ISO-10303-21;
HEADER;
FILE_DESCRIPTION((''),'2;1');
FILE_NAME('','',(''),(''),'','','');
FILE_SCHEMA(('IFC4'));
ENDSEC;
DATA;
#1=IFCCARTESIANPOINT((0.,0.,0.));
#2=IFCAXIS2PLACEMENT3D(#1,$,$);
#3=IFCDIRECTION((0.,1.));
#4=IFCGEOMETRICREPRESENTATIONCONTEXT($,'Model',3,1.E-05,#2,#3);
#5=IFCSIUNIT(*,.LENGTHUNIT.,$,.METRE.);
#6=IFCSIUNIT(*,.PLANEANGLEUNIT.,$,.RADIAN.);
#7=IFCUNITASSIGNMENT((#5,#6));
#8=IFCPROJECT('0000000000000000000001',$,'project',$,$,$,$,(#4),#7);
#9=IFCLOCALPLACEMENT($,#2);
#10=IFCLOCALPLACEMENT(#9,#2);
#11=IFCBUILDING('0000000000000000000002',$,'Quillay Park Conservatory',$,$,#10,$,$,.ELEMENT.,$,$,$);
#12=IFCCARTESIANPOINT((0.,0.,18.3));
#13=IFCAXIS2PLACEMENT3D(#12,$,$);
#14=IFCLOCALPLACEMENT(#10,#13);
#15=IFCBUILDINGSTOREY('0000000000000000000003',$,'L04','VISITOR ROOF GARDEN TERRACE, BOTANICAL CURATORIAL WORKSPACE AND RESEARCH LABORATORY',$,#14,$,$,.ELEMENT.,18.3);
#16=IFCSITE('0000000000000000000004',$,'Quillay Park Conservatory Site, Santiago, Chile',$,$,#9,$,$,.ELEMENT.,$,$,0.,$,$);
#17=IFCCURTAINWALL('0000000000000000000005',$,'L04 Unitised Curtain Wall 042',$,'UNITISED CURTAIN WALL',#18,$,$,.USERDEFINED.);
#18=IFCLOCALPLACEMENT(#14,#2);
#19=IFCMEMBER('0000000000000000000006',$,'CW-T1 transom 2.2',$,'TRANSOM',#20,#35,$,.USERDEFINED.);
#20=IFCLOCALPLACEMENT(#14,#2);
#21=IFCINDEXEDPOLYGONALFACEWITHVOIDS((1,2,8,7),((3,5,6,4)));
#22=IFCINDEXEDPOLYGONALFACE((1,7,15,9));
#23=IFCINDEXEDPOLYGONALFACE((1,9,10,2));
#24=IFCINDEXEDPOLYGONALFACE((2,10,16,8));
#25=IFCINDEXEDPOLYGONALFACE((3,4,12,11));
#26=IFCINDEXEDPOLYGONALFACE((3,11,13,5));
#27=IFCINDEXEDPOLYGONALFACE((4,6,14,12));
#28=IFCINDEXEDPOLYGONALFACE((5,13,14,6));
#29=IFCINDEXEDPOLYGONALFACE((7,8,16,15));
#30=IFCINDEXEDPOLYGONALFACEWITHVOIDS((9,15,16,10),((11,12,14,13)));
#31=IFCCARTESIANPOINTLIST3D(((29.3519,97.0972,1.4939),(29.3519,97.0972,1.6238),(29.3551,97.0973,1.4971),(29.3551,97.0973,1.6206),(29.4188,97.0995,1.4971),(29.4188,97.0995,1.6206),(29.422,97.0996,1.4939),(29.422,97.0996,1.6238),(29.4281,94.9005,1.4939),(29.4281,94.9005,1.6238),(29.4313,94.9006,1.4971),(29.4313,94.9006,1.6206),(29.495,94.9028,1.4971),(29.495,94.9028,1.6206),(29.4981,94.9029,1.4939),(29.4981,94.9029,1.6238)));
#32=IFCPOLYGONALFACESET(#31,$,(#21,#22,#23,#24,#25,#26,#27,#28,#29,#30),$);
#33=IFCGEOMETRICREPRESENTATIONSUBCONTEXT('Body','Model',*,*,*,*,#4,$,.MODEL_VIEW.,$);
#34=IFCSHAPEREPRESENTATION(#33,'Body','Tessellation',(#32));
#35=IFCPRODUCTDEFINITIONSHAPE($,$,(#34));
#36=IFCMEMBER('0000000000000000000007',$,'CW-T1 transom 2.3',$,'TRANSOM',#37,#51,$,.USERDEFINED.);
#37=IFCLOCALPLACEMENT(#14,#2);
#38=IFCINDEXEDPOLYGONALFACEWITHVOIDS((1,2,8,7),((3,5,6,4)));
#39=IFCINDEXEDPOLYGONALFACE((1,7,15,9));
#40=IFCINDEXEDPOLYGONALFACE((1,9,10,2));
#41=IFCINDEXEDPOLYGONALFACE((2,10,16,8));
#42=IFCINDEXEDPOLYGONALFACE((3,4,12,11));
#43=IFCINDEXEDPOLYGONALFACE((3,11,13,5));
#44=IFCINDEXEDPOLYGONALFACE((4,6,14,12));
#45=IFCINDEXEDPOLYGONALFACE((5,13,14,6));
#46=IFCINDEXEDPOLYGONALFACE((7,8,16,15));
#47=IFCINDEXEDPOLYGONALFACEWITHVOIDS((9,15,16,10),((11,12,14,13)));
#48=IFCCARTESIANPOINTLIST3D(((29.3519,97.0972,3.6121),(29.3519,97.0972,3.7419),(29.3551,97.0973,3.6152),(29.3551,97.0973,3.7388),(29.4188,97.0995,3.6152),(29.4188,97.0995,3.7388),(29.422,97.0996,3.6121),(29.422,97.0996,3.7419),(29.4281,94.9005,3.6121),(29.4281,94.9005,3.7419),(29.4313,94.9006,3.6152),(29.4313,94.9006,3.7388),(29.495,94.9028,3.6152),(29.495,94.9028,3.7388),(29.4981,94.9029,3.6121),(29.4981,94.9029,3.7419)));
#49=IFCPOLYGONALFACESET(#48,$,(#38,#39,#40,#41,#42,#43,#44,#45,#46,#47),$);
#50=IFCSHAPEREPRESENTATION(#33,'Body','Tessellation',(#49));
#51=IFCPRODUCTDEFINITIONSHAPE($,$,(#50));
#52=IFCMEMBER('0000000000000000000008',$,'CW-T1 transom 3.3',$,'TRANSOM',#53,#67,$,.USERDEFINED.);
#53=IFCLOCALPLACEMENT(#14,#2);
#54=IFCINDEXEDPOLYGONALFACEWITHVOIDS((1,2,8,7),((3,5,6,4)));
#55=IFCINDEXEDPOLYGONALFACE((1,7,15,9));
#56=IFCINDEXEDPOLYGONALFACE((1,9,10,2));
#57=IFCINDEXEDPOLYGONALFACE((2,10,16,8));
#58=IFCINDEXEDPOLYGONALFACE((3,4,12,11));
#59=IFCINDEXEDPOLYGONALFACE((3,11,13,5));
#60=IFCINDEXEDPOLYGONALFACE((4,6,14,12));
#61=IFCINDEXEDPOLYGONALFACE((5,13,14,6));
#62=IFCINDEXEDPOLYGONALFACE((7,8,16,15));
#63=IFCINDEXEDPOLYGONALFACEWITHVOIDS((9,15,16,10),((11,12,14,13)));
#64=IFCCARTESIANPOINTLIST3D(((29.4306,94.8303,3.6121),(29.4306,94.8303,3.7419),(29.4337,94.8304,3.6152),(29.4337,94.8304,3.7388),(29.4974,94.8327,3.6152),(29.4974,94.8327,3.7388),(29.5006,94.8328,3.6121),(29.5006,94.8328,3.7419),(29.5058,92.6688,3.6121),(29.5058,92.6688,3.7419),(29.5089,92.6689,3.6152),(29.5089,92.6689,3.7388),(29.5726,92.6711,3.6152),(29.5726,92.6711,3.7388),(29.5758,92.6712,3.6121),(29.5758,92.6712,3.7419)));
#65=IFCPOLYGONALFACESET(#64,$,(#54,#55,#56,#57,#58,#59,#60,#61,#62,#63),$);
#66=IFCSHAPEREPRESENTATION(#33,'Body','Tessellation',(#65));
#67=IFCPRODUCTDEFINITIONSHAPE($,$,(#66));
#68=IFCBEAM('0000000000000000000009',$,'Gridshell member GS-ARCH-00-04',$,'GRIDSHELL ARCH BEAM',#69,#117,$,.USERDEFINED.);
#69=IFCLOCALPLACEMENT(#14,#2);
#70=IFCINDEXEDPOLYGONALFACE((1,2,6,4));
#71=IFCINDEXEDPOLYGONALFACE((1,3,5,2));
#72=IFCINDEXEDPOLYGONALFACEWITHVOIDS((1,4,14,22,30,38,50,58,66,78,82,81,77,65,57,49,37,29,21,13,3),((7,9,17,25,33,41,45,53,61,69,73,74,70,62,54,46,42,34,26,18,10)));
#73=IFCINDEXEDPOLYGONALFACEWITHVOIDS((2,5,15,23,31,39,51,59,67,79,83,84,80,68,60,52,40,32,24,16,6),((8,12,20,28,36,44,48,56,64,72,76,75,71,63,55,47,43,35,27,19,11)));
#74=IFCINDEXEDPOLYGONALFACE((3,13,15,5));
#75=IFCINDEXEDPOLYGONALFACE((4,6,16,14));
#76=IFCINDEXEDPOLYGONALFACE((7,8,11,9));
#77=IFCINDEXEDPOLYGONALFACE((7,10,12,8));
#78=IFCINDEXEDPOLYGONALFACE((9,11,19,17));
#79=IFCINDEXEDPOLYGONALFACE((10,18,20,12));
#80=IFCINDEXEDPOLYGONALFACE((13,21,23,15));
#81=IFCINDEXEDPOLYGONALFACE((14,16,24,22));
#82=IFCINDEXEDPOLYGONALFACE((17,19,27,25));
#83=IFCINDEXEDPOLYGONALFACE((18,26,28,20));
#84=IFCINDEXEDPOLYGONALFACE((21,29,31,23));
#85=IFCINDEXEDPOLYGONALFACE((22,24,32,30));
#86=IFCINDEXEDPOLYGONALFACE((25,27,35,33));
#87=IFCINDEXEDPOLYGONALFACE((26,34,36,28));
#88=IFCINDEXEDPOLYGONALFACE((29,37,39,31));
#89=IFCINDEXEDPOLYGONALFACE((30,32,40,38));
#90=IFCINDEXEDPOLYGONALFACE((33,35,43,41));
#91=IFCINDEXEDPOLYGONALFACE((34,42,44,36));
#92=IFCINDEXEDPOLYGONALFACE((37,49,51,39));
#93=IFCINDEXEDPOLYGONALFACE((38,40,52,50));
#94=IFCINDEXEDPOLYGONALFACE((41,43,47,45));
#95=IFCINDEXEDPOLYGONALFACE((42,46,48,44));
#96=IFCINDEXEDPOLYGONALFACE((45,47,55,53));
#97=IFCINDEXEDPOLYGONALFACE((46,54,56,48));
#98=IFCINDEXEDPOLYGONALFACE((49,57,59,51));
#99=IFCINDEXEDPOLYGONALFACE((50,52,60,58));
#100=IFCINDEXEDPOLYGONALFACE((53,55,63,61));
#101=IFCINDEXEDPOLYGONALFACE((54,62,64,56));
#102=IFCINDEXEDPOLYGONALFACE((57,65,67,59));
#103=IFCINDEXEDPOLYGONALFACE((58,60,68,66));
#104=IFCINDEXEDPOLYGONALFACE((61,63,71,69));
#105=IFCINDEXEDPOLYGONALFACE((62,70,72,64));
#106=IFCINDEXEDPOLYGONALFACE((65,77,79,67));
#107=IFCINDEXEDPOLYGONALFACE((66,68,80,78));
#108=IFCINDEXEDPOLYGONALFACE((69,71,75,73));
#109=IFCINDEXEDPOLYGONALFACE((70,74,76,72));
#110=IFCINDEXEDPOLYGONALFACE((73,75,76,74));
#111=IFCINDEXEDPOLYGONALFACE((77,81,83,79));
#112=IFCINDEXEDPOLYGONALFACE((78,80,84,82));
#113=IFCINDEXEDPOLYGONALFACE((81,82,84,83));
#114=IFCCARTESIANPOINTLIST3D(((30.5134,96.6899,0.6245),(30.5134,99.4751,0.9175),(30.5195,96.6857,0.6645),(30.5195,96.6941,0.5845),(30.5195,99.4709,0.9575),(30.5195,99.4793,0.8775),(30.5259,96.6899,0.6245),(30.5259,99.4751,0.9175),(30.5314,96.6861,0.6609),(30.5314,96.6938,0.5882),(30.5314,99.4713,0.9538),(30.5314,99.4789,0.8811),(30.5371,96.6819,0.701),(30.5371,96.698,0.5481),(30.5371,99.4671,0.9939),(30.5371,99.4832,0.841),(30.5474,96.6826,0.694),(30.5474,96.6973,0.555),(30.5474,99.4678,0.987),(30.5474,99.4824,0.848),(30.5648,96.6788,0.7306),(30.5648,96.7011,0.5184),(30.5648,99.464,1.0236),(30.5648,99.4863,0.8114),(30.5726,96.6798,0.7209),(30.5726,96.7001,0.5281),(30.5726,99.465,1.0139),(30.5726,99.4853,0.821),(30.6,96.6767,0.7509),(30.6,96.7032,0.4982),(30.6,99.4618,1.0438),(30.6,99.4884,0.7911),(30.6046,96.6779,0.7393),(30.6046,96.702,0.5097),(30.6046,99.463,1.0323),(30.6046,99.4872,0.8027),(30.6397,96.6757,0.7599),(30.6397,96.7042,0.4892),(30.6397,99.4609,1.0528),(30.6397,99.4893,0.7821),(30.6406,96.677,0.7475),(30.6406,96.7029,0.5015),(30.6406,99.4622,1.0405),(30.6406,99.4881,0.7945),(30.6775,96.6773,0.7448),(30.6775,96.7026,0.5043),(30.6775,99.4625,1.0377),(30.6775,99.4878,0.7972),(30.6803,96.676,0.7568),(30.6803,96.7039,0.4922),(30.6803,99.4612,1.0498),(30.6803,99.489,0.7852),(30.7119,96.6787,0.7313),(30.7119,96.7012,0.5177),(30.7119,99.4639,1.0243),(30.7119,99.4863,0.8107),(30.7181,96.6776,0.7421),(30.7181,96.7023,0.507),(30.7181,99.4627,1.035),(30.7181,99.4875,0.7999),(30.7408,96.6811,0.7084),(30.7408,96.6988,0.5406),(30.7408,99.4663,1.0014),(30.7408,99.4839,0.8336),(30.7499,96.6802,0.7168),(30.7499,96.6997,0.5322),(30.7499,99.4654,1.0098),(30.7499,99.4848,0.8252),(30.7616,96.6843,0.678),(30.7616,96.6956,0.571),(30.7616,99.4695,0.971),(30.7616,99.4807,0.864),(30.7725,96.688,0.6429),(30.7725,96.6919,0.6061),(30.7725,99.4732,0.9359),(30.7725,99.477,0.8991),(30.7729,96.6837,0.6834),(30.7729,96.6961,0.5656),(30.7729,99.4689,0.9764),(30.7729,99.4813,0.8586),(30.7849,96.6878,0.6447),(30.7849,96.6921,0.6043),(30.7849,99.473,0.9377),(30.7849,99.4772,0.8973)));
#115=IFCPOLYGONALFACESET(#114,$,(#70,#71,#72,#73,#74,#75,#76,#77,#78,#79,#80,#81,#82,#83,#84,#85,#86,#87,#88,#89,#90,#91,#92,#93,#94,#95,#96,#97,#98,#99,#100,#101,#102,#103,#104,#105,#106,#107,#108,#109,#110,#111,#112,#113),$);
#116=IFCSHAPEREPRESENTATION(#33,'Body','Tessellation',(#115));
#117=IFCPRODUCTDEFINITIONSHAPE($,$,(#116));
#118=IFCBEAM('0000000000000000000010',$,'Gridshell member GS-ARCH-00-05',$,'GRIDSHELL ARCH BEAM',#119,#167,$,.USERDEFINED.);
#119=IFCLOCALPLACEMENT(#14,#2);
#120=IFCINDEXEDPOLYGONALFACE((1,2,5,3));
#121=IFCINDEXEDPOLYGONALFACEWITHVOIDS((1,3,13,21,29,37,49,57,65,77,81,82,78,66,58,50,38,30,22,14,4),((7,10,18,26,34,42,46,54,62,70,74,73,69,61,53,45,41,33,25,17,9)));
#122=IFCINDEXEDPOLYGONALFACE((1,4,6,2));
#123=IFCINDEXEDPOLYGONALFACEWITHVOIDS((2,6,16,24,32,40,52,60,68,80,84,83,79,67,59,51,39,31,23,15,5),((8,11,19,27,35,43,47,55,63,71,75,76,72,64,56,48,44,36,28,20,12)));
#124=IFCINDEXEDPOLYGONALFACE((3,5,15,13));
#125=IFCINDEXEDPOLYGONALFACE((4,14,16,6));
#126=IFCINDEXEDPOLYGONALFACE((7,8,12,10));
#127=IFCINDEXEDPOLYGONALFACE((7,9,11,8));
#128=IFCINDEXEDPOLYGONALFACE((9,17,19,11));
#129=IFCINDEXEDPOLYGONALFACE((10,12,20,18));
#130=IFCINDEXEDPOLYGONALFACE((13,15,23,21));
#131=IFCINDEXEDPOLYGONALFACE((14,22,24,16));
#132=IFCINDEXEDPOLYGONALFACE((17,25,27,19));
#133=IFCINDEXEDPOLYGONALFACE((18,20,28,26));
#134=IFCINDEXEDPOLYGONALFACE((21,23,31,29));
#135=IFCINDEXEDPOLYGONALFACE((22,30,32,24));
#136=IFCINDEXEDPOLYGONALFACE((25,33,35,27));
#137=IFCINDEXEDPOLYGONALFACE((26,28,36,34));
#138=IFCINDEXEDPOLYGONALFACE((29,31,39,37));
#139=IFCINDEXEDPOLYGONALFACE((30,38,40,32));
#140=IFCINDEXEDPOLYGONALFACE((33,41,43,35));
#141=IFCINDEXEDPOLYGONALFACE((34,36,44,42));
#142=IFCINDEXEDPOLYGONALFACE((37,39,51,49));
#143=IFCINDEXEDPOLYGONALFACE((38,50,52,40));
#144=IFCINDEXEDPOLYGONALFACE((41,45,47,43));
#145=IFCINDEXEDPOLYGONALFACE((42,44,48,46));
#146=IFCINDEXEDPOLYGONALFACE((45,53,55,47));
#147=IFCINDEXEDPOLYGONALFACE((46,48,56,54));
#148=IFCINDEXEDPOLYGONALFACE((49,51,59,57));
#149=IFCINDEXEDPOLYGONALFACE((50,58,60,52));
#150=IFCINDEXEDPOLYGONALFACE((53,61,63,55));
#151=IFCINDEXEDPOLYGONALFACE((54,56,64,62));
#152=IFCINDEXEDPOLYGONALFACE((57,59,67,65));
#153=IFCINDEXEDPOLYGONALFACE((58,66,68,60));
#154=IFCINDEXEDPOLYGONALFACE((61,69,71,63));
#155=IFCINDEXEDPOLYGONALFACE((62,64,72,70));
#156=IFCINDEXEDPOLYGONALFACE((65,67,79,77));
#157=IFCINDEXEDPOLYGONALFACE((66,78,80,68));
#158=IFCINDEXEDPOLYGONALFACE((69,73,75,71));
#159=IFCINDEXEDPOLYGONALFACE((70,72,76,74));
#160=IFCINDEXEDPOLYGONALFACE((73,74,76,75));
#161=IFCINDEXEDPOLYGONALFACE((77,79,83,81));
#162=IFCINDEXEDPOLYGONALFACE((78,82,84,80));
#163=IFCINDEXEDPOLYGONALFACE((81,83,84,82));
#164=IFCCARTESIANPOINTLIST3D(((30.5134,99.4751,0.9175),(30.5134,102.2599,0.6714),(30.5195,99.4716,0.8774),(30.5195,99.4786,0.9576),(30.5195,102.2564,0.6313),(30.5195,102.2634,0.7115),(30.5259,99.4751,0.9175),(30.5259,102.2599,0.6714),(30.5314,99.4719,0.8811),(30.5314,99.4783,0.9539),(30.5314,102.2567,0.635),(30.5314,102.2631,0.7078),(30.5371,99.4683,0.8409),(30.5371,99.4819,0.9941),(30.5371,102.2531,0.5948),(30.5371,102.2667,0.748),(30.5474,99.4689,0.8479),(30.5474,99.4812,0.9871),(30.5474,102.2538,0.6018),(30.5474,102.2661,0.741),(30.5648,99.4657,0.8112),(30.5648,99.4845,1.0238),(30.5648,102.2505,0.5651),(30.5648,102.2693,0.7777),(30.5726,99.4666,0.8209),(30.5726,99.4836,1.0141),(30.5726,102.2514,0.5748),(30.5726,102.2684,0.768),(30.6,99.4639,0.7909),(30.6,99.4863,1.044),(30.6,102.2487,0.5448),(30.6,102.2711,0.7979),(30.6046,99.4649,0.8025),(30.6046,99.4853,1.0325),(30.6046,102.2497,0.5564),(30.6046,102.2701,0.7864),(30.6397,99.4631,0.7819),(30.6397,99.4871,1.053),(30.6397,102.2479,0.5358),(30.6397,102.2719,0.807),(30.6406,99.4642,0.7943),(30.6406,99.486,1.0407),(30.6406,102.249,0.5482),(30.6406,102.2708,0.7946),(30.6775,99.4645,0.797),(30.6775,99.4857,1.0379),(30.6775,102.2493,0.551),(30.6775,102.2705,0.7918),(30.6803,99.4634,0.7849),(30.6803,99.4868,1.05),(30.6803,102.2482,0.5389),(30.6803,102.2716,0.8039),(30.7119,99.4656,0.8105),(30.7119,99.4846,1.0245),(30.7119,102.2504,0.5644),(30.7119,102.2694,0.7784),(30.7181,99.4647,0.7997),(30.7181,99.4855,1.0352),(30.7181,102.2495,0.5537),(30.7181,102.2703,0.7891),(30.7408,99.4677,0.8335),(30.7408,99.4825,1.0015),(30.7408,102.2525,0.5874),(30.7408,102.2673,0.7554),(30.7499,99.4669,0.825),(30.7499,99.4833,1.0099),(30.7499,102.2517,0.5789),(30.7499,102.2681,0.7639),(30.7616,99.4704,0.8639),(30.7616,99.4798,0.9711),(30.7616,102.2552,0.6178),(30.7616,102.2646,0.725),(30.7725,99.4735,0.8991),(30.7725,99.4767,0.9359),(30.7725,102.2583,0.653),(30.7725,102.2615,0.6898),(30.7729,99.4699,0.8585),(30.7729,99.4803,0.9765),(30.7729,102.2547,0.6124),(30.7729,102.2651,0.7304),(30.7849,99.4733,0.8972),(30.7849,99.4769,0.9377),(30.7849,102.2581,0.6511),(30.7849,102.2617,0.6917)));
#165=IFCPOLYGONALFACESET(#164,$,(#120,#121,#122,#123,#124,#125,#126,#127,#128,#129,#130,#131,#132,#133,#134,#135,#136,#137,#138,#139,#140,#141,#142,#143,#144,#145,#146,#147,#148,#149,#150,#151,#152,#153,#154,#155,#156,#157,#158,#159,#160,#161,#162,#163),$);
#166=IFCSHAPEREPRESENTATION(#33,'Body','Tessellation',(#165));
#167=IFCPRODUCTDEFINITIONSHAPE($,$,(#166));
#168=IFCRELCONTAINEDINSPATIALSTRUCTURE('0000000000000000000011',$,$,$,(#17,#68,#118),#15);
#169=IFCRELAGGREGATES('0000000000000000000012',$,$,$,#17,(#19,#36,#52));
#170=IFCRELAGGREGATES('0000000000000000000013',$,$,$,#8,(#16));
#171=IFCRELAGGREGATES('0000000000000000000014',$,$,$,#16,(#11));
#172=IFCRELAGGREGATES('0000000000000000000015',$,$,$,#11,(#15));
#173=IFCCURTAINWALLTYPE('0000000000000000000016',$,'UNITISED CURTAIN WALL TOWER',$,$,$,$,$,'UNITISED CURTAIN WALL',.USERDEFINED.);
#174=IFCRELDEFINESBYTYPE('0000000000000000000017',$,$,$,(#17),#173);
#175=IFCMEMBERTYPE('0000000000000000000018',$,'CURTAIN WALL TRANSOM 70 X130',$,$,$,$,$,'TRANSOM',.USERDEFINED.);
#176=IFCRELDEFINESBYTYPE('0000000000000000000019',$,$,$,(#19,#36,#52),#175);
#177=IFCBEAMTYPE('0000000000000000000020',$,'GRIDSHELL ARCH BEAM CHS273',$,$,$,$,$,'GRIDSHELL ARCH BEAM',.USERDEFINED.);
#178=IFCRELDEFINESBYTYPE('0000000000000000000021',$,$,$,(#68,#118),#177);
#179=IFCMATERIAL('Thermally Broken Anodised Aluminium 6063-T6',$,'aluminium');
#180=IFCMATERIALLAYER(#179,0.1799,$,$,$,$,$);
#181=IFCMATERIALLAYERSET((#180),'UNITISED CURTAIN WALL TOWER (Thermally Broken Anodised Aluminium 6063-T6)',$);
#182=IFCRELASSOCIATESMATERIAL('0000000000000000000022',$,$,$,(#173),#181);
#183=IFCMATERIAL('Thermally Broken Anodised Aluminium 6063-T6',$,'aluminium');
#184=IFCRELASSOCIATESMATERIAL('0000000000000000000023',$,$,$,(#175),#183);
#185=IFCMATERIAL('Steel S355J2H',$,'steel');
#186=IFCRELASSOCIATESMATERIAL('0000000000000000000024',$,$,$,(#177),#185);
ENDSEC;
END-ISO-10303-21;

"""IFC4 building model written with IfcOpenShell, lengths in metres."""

from ifc_helpers import new_model, si_unit, direction, frame, origin, origin_2d, place, context, subcontext, project, spatial, hollow_rectangle, hollow_circle, extrude, material, layer, layer_set, material_profile, profile_set, type_object, element, aggregate, save


model = new_model("IFC4")

# Units and contexts
model_context = context("Model", 3, precision=1e-05, world=origin(), true_north=direction((0.0, 1.0)))
body_context = subcontext(model_context, "Body", "Model", "MODEL_VIEW")
ifc_project = project(units=[si_unit("LENGTHUNIT", "METRE"), si_unit("PLANEANGLEUNIT", "RADIAN")], contexts=[model_context])

# Site, building, storey
site_placement = place(None, origin())
site = spatial("IfcSite", under=ifc_project, at=site_placement, Name="Quillay Park Conservatory Site, Santiago, Chile", CompositionType="ELEMENT", RefElevation=0.0)
building_placement = place(site_placement, origin())
building = spatial("IfcBuilding", under=site, at=building_placement, Name="Quillay Park Conservatory", CompositionType="ELEMENT")
storey_placement = place(building_placement, frame((0.0, 0.0, 18.3)))
storey = spatial("IfcBuildingStorey", under=building, at=storey_placement, Name="L04", Description="VISITOR ROOF GARDEN TERRACE, BOTANICAL CURATORIAL WORKSPACE AND RESEARCH LABORATORY", CompositionType="ELEMENT", Elevation=18.3)

# Curtain wall
ifc_material_1 = material(Name="Thermally Broken Anodised Aluminium 6063-T6", Category="aluminium")
ifc_layer_1 = layer(ifc_material_1, 0.1799)
ifc_layer_set_1 = layer_set([ifc_layer_1], Name="UNITISED CURTAIN WALL TOWER (Thermally Broken Anodised Aluminium 6063-T6)")
curtain_wall_type = type_object("IfcCurtainWallType", Name="UNITISED CURTAIN WALL TOWER", ElementType="UNITISED CURTAIN WALL", PredefinedType="USERDEFINED", material=ifc_layer_set_1)
curtain_wall_1_placement = place(storey_placement, origin())
curtain_wall_1 = element("IfcCurtainWall", 1, at=curtain_wall_1_placement, inside=storey, type_object=curtain_wall_type, Name="L04 Unitised Curtain Wall 042", ObjectType="UNITISED CURTAIN WALL", PredefinedType="USERDEFINED")

# Members
ifc_material_2 = material(Name="Thermally Broken Anodised Aluminium 6063-T6", Category="aluminium")
ifc_material_profile_1 = material_profile(ifc_material_2, hollow_rectangle(XDim=0.0701, YDim=0.1299, WallThickness=0.0032, at=origin_2d()), Name="AL70x130x3.2")
ifc_profile_set_1 = profile_set([ifc_material_profile_1], Name="Thermally Broken Anodised Aluminium 6063-T6")
member_type_1 = type_object("IfcMemberType", Name="CURTAIN WALL TRANSOM 70 X130", ElementType="TRANSOM", PredefinedType="USERDEFINED", material=ifc_profile_set_1)
member_1_placement = place(storey_placement, frame((29.387, 97.0984, 1.5588), z_axis=(0.034654, -0.999399, 0.0), x_axis=(0.999399, 0.034654, 0.0)))
member_1 = element("IfcMember", 2, at=member_1_placement, type_object=member_type_1, Name="CW-T1 transom 2.2", ObjectType="TRANSOM", PredefinedType="USERDEFINED", context=body_context, shape_type="SweptSolid", body=[
    extrude(hollow_rectangle(XDim=0.0701, YDim=0.1299, WallThickness=0.0032, at=origin_2d()), origin(), (0.0, 0.0, 1.0), 2.198),
])
member_2_placement = place(storey_placement, frame((29.387, 97.0984, 3.677), z_axis=(0.034654, -0.999399, 0.0), x_axis=(0.999399, 0.034654, 0.0)))
member_2 = element("IfcMember", 3, at=member_2_placement, type_object=member_type_1, Name="CW-T1 transom 2.3", ObjectType="TRANSOM", PredefinedType="USERDEFINED", context=body_context, shape_type="SweptSolid", body=[
    extrude(hollow_rectangle(XDim=0.0701, YDim=0.1299, WallThickness=0.0032, at=origin_2d()), origin(), (0.0, 0.0, 1.0), 2.198),
])
member_3_placement = place(storey_placement, frame((29.4656, 94.8315, 3.677), z_axis=(0.034766, -0.999395, 0.0), x_axis=(0.999395, 0.034766, 0.0)))
member_3 = element("IfcMember", 4, at=member_3_placement, type_object=member_type_1, Name="CW-T1 transom 3.3", ObjectType="TRANSOM", PredefinedType="USERDEFINED", context=body_context, shape_type="SweptSolid", body=[
    extrude(hollow_rectangle(XDim=0.0701, YDim=0.1299, WallThickness=0.0032, at=origin_2d()), origin(), (0.0, 0.0, 1.0), 2.1628),
])

# Beams
ifc_material_3 = material(Name="Steel S355J2H", Category="steel")
ifc_material_profile_2 = material_profile(ifc_material_3, hollow_circle(Radius=0.1365, WallThickness=0.0125, at=origin_2d()), Name="CHS273x12.5")
ifc_profile_set_2 = profile_set([ifc_material_profile_2], Name="Steel S355J2H")
beam_type_1 = type_object("IfcBeamType", Name="GRIDSHELL ARCH BEAM CHS273", ElementType="GRIDSHELL ARCH BEAM", PredefinedType="USERDEFINED", material=ifc_profile_set_2)
beam_1_placement = place(storey_placement, frame((30.6499, 96.6899, 0.6245), z_axis=(0.0, 0.994513, 0.104612), x_axis=(-1.0, 0.0, 0.0)))
element("IfcBeam", 5, at=beam_1_placement, inside=storey, type_object=beam_type_1, Name="Gridshell member GS-ARCH-00-04", ObjectType="GRIDSHELL ARCH BEAM", PredefinedType="USERDEFINED", context=body_context, shape_type="SweptSolid", body=[
    extrude(hollow_circle(Radius=0.1365, WallThickness=0.0125, at=origin_2d()), origin(), (0.0, 0.0, 1.0), 2.8005),
])
beam_2_placement = place(storey_placement, frame((30.6499, 99.4751, 0.9175), z_axis=(0.0, 0.996118, -0.088024), x_axis=(-1.0, 0.0, 0.0)))
element("IfcBeam", 6, at=beam_2_placement, inside=storey, type_object=beam_type_1, Name="Gridshell member GS-ARCH-00-05", ObjectType="GRIDSHELL ARCH BEAM", PredefinedType="USERDEFINED", context=body_context, shape_type="SweptSolid", body=[
    extrude(hollow_circle(Radius=0.1365, WallThickness=0.0125, at=origin_2d()), origin(), (0.0, 0.0, 1.0), 2.7957),
])

aggregate(curtain_wall_1, [member_1, member_2, member_3])

save(model, "model.ifc")
